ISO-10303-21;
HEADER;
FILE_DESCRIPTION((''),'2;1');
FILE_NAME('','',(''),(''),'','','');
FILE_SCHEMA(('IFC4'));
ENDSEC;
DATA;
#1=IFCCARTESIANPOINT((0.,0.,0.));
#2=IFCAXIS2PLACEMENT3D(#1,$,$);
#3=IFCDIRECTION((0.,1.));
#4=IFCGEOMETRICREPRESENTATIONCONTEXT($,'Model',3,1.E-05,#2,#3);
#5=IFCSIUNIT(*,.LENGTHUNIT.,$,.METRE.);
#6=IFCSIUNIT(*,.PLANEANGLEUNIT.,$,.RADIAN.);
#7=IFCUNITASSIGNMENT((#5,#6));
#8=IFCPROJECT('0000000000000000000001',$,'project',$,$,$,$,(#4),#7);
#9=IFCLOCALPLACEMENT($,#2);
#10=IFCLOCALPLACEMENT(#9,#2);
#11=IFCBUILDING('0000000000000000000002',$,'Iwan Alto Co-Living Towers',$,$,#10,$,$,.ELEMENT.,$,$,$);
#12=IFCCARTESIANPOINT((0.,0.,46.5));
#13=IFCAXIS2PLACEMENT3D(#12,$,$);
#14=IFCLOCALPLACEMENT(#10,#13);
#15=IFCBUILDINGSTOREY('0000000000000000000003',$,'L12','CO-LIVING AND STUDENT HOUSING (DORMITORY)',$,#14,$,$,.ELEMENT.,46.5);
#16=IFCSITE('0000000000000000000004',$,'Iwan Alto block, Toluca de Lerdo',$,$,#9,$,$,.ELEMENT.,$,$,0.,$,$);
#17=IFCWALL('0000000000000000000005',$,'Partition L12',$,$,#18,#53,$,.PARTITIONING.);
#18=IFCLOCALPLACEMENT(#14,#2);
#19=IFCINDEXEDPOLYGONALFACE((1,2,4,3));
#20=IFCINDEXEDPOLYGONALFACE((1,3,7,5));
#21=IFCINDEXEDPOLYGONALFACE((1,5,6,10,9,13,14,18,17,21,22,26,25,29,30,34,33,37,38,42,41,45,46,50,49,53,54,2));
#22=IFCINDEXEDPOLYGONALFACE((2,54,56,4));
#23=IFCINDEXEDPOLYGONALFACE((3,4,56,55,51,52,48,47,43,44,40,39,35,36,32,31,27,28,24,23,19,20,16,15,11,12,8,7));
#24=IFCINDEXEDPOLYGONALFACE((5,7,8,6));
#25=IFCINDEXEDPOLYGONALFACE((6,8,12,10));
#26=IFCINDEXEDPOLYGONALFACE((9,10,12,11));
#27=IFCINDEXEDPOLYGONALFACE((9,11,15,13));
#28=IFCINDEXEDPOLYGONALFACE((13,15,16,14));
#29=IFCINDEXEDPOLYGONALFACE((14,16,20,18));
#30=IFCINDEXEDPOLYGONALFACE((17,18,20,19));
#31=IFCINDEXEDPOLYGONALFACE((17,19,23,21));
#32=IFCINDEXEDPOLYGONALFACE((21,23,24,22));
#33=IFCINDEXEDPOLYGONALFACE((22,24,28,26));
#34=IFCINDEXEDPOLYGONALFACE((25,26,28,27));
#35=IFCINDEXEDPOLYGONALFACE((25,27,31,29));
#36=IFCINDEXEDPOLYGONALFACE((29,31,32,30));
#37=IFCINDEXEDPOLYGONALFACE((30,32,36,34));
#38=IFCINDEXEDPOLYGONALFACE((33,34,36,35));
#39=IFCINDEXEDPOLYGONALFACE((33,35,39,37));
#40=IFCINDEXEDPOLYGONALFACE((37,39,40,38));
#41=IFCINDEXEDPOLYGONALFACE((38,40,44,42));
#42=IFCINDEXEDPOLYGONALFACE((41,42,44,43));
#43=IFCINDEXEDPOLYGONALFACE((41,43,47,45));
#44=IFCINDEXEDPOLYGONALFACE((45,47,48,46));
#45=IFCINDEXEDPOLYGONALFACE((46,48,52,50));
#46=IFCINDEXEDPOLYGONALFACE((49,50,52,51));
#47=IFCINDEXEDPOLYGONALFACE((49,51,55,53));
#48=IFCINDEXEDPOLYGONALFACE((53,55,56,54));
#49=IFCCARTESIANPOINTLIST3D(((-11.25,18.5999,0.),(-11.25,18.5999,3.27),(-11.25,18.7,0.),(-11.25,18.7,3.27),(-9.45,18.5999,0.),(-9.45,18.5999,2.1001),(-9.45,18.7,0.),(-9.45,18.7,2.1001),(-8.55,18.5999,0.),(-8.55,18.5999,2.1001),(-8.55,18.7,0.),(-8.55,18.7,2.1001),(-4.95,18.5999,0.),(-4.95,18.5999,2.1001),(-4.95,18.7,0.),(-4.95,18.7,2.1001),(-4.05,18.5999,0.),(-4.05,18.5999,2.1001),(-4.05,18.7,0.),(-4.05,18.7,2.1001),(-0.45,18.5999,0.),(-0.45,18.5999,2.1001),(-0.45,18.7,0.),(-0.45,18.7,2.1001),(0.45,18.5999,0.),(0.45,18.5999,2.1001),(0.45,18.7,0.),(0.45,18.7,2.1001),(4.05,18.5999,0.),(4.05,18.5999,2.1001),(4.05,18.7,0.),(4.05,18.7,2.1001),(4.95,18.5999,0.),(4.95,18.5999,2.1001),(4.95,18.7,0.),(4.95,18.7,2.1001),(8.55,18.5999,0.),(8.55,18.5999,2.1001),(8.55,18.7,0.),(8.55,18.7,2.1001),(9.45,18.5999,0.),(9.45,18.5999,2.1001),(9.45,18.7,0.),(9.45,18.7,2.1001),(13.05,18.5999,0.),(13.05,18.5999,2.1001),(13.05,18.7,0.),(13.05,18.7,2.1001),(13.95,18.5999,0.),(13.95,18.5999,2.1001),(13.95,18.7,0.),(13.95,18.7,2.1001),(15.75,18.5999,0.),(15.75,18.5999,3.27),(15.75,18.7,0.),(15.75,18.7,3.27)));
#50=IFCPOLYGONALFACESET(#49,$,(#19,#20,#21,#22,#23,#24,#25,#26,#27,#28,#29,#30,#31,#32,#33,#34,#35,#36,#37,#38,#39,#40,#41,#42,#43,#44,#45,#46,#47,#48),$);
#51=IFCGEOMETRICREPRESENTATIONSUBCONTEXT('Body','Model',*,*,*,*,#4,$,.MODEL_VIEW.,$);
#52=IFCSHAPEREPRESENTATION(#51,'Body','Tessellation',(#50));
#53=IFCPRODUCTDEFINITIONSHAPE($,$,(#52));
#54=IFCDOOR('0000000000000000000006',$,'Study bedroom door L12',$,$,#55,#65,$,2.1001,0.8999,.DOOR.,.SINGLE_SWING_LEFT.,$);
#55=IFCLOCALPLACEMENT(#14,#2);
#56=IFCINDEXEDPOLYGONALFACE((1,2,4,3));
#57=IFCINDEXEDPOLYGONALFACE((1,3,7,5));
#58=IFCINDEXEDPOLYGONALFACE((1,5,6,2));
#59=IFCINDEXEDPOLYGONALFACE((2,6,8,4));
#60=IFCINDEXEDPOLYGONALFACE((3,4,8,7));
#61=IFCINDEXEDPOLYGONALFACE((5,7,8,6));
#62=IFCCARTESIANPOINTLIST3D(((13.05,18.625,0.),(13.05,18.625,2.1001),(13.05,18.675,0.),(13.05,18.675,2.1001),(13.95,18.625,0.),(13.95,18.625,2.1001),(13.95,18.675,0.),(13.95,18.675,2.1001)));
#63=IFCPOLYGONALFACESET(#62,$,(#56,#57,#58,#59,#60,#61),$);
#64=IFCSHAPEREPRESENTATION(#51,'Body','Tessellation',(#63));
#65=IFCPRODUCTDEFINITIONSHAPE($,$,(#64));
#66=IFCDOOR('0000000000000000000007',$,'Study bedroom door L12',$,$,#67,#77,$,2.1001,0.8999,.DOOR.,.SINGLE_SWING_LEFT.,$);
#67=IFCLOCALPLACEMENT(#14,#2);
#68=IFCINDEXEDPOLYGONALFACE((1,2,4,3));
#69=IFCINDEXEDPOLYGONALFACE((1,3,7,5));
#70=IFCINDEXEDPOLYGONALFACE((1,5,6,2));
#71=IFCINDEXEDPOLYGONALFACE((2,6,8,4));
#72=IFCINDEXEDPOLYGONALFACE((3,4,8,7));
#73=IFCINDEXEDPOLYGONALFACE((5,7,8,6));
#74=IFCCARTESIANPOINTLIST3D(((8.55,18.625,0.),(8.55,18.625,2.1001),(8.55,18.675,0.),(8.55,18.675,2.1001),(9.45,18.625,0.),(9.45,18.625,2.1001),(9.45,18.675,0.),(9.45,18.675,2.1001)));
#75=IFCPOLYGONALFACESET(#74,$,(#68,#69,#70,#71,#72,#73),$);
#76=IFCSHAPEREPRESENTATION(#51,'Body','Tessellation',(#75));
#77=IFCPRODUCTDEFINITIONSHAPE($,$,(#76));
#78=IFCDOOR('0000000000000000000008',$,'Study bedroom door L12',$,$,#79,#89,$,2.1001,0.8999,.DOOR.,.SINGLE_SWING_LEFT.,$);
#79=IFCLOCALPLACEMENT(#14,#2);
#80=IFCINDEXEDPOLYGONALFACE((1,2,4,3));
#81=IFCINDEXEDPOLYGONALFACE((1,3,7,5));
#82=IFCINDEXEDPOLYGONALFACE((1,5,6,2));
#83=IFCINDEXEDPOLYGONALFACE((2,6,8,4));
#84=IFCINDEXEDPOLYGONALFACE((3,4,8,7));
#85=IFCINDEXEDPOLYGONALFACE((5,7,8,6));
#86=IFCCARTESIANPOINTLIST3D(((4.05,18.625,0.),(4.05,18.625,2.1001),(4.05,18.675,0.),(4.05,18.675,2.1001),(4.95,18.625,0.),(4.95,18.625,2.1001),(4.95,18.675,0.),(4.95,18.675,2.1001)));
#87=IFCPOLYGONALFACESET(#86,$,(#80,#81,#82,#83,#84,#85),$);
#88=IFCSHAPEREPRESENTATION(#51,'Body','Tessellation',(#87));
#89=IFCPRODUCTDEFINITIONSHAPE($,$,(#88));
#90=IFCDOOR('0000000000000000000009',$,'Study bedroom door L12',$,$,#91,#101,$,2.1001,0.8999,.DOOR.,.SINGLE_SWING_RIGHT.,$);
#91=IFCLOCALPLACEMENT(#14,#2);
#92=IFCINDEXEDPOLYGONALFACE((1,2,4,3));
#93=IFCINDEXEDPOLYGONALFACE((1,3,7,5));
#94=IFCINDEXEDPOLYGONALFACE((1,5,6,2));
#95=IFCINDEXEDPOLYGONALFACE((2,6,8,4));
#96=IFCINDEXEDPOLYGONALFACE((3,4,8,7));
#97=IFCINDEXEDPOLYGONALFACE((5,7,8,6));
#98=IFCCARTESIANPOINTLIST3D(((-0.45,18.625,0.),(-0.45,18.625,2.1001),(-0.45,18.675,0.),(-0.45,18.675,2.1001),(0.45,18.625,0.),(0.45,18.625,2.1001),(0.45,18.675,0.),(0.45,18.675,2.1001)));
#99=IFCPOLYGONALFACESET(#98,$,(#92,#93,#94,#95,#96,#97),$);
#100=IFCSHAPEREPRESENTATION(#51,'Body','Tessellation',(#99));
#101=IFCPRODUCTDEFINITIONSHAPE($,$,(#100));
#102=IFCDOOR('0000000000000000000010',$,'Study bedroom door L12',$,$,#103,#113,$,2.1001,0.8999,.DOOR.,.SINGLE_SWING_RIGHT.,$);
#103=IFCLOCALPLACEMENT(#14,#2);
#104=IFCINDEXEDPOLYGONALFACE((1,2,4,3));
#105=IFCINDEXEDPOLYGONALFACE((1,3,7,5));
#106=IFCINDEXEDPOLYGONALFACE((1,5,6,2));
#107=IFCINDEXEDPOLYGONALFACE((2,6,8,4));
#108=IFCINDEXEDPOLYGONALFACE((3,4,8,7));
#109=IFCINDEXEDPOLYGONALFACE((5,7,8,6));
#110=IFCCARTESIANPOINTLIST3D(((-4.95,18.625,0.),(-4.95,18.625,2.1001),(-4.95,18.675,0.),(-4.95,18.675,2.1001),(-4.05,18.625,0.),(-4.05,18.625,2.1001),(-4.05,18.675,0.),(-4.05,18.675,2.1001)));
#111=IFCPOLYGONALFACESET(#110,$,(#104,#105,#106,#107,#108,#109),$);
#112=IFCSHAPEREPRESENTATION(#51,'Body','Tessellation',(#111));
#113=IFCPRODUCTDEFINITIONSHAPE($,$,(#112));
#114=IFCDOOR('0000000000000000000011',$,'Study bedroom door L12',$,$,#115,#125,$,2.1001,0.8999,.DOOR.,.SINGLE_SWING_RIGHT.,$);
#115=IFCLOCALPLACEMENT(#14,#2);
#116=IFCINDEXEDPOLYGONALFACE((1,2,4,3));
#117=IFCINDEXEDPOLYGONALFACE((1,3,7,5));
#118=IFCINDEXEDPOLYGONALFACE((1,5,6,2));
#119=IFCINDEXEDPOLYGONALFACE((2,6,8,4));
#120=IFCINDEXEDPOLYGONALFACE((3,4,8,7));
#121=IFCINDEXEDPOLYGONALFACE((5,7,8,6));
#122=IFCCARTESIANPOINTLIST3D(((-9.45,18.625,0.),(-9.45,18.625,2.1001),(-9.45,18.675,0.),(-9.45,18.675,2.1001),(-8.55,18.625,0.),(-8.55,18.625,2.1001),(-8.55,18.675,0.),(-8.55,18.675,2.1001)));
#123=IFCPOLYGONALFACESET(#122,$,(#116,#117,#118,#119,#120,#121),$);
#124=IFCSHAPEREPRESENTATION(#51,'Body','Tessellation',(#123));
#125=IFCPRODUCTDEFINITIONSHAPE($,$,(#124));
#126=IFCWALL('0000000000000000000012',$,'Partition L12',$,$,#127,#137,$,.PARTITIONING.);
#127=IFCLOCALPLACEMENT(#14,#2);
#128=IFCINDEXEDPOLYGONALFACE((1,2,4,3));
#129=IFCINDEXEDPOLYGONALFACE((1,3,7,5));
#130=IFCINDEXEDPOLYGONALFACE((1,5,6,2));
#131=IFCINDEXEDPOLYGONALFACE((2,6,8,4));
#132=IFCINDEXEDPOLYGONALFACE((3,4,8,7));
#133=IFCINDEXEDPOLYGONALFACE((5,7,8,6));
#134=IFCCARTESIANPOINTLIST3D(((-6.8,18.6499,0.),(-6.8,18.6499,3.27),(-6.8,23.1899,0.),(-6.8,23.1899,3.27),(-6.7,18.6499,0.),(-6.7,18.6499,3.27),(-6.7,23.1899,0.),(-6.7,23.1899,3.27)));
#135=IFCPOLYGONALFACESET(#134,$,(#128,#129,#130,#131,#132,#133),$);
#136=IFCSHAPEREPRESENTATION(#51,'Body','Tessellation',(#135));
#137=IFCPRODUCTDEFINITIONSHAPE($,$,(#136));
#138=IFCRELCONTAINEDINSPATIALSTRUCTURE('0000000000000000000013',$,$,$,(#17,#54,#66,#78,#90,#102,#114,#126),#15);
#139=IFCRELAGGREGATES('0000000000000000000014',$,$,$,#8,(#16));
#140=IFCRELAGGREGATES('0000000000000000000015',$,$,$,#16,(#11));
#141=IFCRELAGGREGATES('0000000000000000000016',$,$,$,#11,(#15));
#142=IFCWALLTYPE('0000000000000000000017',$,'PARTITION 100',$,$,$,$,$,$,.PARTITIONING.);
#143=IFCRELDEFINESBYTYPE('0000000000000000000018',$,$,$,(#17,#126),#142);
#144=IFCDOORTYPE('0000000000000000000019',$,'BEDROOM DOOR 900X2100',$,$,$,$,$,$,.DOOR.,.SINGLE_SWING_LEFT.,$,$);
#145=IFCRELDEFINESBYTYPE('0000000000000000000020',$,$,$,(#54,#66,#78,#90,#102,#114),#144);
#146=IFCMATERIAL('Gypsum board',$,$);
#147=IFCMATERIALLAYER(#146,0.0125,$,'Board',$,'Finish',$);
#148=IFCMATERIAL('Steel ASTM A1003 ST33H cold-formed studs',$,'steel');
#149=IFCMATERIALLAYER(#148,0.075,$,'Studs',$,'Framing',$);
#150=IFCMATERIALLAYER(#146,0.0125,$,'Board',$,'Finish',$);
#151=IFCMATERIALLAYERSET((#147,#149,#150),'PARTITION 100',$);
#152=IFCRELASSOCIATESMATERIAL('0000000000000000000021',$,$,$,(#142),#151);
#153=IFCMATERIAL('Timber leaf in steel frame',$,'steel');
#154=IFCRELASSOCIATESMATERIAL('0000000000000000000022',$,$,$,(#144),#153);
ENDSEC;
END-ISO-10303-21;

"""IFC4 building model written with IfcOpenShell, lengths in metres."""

from ifc_helpers import new_model, si_unit, direction, frame, frame_2d, origin, place, context, subcontext, project, spatial, rectangle, extrude, material, layer, layer_set, type_object, element, fill, save


model = new_model("IFC4")

# Units and contexts
model_context = context("Model", 3, precision=1e-05, world=origin(), true_north=direction((0.0, 1.0)))
body_context = subcontext(model_context, "Body", "Model", "MODEL_VIEW")
ifc_project = project(units=[si_unit("LENGTHUNIT", "METRE"), si_unit("PLANEANGLEUNIT", "RADIAN")], contexts=[model_context])

# Site, building, storey
site_placement = place(None, origin())
site = spatial("IfcSite", under=ifc_project, at=site_placement, Name="Iwan Alto block, Toluca de Lerdo", CompositionType="ELEMENT", RefElevation=0.0)
building_placement = place(site_placement, origin())
building = spatial("IfcBuilding", under=site, at=building_placement, Name="Iwan Alto Co-Living Towers", CompositionType="ELEMENT")
storey_placement = place(building_placement, frame((0.0, 0.0, 46.5)))
storey = spatial("IfcBuildingStorey", under=building, at=storey_placement, Name="L12", Description="CO-LIVING AND STUDENT HOUSING (DORMITORY)", CompositionType="ELEMENT", Elevation=46.5)

# Shared definitions
ifc_material_1 = material(Name="Gypsum board")
ifc_layer_1 = layer(ifc_material_1, 0.0125, Name="Board", Category="Finish")
ifc_material_2 = material(Name="Steel ASTM A1003 ST33H cold-formed studs", Category="steel")
ifc_layer_2 = layer(ifc_material_2, 0.075, Name="Studs", Category="Framing")
ifc_layer_3 = layer(ifc_material_1, 0.0125, Name="Board", Category="Finish")
ifc_layer_set_1 = layer_set([ifc_layer_1, ifc_layer_2, ifc_layer_3], Name="PARTITION 100")
wall_type_1 = type_object("IfcWallType", Name="PARTITION 100", PredefinedType="PARTITIONING", material=ifc_layer_set_1)

# Wall, openings, doors
wall_1_placement = place(storey_placement, frame((-11.25, 18.6499, 0.0), z_axis=(0.0, 0.0, 1.0), x_axis=(1.0, 0.0, 0.0)))
wall_1 = element("IfcWall", 1, at=wall_1_placement, inside=storey, type_object=wall_type_1, Name="Partition L12", PredefinedType="PARTITIONING", context=body_context, shape_type="SweptSolid", body=[
    extrude(rectangle(XDim=27.0, YDim=0.1001, at=frame_2d((13.5, 0.0))), origin(), (0.0, 0.0, 1.0), 3.27),
])
opening_1_placement = place(wall_1_placement, frame((24.3, 0.0, 0.0)))
opening_1 = element("IfcOpeningElement", 2, at=opening_1_placement, cuts=wall_1, PredefinedType="OPENING", context=body_context, shape_type="SweptSolid", body=[
    extrude(rectangle(XDim=0.8999, YDim=2.1001, at=frame_2d((0.45, 1.05))), frame((0.0, 0.0601, 0.0), z_axis=(0.0, -1.0, 0.0), x_axis=(1.0, 0.0, 0.0)), (0.0, 0.0, 1.0), 0.1201),
])
opening_2_placement = place(wall_1_placement, frame((19.8, 0.0, 0.0)))
opening_2 = element("IfcOpeningElement", 3, at=opening_2_placement, cuts=wall_1, PredefinedType="OPENING", context=body_context, shape_type="SweptSolid", body=[
    extrude(rectangle(XDim=0.8999, YDim=2.1001, at=frame_2d((0.45, 1.05))), frame((0.0, 0.0601, 0.0), z_axis=(0.0, -1.0, 0.0), x_axis=(1.0, 0.0, 0.0)), (0.0, 0.0, 1.0), 0.1201),
])
opening_3_placement = place(wall_1_placement, frame((15.3, 0.0, 0.0)))
opening_3 = element("IfcOpeningElement", 4, at=opening_3_placement, cuts=wall_1, PredefinedType="OPENING", context=body_context, shape_type="SweptSolid", body=[
    extrude(rectangle(XDim=0.8999, YDim=2.1001, at=frame_2d((0.45, 1.05))), frame((0.0, 0.0601, 0.0), z_axis=(0.0, -1.0, 0.0), x_axis=(1.0, 0.0, 0.0)), (0.0, 0.0, 1.0), 0.1201),
])
opening_4_placement = place(wall_1_placement, frame((10.8, 0.0, 0.0)))
opening_4 = element("IfcOpeningElement", 5, at=opening_4_placement, cuts=wall_1, PredefinedType="OPENING", context=body_context, shape_type="SweptSolid", body=[
    extrude(rectangle(XDim=0.8999, YDim=2.1001, at=frame_2d((0.45, 1.05))), frame((0.0, 0.0601, 0.0), z_axis=(0.0, -1.0, 0.0), x_axis=(1.0, 0.0, 0.0)), (0.0, 0.0, 1.0), 0.1201),
])
opening_5_placement = place(wall_1_placement, frame((6.3, 0.0, 0.0)))
opening_5 = element("IfcOpeningElement", 6, at=opening_5_placement, cuts=wall_1, PredefinedType="OPENING", context=body_context, shape_type="SweptSolid", body=[
    extrude(rectangle(XDim=0.8999, YDim=2.1001, at=frame_2d((0.45, 1.05))), frame((0.0, 0.0601, 0.0), z_axis=(0.0, -1.0, 0.0), x_axis=(1.0, 0.0, 0.0)), (0.0, 0.0, 1.0), 0.1201),
])
opening_6_placement = place(wall_1_placement, frame((1.8, 0.0, 0.0)))
opening_6 = element("IfcOpeningElement", 7, at=opening_6_placement, cuts=wall_1, PredefinedType="OPENING", context=body_context, shape_type="SweptSolid", body=[
    extrude(rectangle(XDim=0.8999, YDim=2.1001, at=frame_2d((0.45, 1.05))), frame((0.0, 0.0601, 0.0), z_axis=(0.0, -1.0, 0.0), x_axis=(1.0, 0.0, 0.0)), (0.0, 0.0, 1.0), 0.1201),
])
ifc_material_3 = material(Name="Timber leaf in steel frame", Category="steel")
door_type_1 = type_object("IfcDoorType", Name="BEDROOM DOOR 900X2100", OperationType="SINGLE_SWING_LEFT", PredefinedType="DOOR", material=ifc_material_3)
door_1_placement = place(opening_1_placement, frame((0.8999, 0.0, 0.0), z_axis=(0.0, 0.0, 1.0), x_axis=(-1.0, 0.0, 0.0)))
door_1 = element("IfcDoor", 8, at=door_1_placement, inside=storey, type_object=door_type_1, Name="Study bedroom door L12", OperationType="SINGLE_SWING_LEFT", OverallHeight=2.1001, OverallWidth=0.8999, PredefinedType="DOOR", context=body_context, shape_type="SweptSolid", body=[
    extrude(rectangle(XDim=0.8999, YDim=2.1001, at=frame_2d((0.45, 1.05))), frame((0.0, 0.0249, 0.0), z_axis=(0.0, -1.0, 0.0), x_axis=(1.0, 0.0, 0.0)), (0.0, 0.0, 1.0), 0.05),
])
fill(opening_1, door_1)
door_2_placement = place(opening_2_placement, frame((0.8999, 0.0, 0.0), z_axis=(0.0, 0.0, 1.0), x_axis=(-1.0, 0.0, 0.0)))
door_2 = element("IfcDoor", 9, at=door_2_placement, inside=storey, type_object=door_type_1, Name="Study bedroom door L12", OperationType="SINGLE_SWING_LEFT", OverallHeight=2.1001, OverallWidth=0.8999, PredefinedType="DOOR", context=body_context, shape_type="SweptSolid", body=[
    extrude(rectangle(XDim=0.8999, YDim=2.1001, at=frame_2d((0.45, 1.05))), frame((0.0, 0.0249, 0.0), z_axis=(0.0, -1.0, 0.0), x_axis=(1.0, 0.0, 0.0)), (0.0, 0.0, 1.0), 0.05),
])
fill(opening_2, door_2)
door_3_placement = place(opening_3_placement, frame((0.8999, 0.0, 0.0), z_axis=(0.0, 0.0, 1.0), x_axis=(-1.0, 0.0, 0.0)))
door_3 = element("IfcDoor", 10, at=door_3_placement, inside=storey, type_object=door_type_1, Name="Study bedroom door L12", OperationType="SINGLE_SWING_LEFT", OverallHeight=2.1001, OverallWidth=0.8999, PredefinedType="DOOR", context=body_context, shape_type="SweptSolid", body=[
    extrude(rectangle(XDim=0.8999, YDim=2.1001, at=frame_2d((0.45, 1.05))), frame((0.0, 0.0249, 0.0), z_axis=(0.0, -1.0, 0.0), x_axis=(1.0, 0.0, 0.0)), (0.0, 0.0, 1.0), 0.05),
])
fill(opening_3, door_3)
door_4_placement = place(opening_4_placement, frame((0.8999, 0.0, 0.0), z_axis=(0.0, 0.0, 1.0), x_axis=(-1.0, 0.0, 0.0)))
door_4 = element("IfcDoor", 11, at=door_4_placement, inside=storey, type_object=door_type_1, Name="Study bedroom door L12", OperationType="SINGLE_SWING_RIGHT", OverallHeight=2.1001, OverallWidth=0.8999, PredefinedType="DOOR", context=body_context, shape_type="SweptSolid", body=[
    extrude(rectangle(XDim=0.8999, YDim=2.1001, at=frame_2d((0.45, 1.05))), frame((0.0, 0.0249, 0.0), z_axis=(0.0, -1.0, 0.0), x_axis=(1.0, 0.0, 0.0)), (0.0, 0.0, 1.0), 0.05),
])
fill(opening_4, door_4)
door_5_placement = place(opening_5_placement, frame((0.8999, 0.0, 0.0), z_axis=(0.0, 0.0, 1.0), x_axis=(-1.0, 0.0, 0.0)))
door_5 = element("IfcDoor", 12, at=door_5_placement, inside=storey, type_object=door_type_1, Name="Study bedroom door L12", OperationType="SINGLE_SWING_RIGHT", OverallHeight=2.1001, OverallWidth=0.8999, PredefinedType="DOOR", context=body_context, shape_type="SweptSolid", body=[
    extrude(rectangle(XDim=0.8999, YDim=2.1001, at=frame_2d((0.45, 1.05))), frame((0.0, 0.0249, 0.0), z_axis=(0.0, -1.0, 0.0), x_axis=(1.0, 0.0, 0.0)), (0.0, 0.0, 1.0), 0.05),
])
fill(opening_5, door_5)
door_6_placement = place(opening_6_placement, frame((0.8999, 0.0, 0.0), z_axis=(0.0, 0.0, 1.0), x_axis=(-1.0, 0.0, 0.0)))
door_6 = element("IfcDoor", 13, at=door_6_placement, inside=storey, type_object=door_type_1, Name="Study bedroom door L12", OperationType="SINGLE_SWING_RIGHT", OverallHeight=2.1001, OverallWidth=0.8999, PredefinedType="DOOR", context=body_context, shape_type="SweptSolid", body=[
    extrude(rectangle(XDim=0.8999, YDim=2.1001, at=frame_2d((0.45, 1.05))), frame((0.0, 0.0249, 0.0), z_axis=(0.0, -1.0, 0.0), x_axis=(1.0, 0.0, 0.0)), (0.0, 0.0, 1.0), 0.05),
])
fill(opening_6, door_6)

# Wall
wall_2_placement = place(storey_placement, frame((-6.75, 18.6499, 0.0), z_axis=(0.0, 0.0, 1.0), x_axis=(0.0, 1.0, 0.0)))
element("IfcWall", 14, at=wall_2_placement, inside=storey, type_object=wall_type_1, Name="Partition L12", PredefinedType="PARTITIONING", context=body_context, shape_type="SweptSolid", body=[
    extrude(rectangle(XDim=4.54, YDim=0.1001, at=frame_2d((2.27, 0.0))), origin(), (0.0, 0.0, 1.0), 3.27),
])

save(model, "model.ifc")
